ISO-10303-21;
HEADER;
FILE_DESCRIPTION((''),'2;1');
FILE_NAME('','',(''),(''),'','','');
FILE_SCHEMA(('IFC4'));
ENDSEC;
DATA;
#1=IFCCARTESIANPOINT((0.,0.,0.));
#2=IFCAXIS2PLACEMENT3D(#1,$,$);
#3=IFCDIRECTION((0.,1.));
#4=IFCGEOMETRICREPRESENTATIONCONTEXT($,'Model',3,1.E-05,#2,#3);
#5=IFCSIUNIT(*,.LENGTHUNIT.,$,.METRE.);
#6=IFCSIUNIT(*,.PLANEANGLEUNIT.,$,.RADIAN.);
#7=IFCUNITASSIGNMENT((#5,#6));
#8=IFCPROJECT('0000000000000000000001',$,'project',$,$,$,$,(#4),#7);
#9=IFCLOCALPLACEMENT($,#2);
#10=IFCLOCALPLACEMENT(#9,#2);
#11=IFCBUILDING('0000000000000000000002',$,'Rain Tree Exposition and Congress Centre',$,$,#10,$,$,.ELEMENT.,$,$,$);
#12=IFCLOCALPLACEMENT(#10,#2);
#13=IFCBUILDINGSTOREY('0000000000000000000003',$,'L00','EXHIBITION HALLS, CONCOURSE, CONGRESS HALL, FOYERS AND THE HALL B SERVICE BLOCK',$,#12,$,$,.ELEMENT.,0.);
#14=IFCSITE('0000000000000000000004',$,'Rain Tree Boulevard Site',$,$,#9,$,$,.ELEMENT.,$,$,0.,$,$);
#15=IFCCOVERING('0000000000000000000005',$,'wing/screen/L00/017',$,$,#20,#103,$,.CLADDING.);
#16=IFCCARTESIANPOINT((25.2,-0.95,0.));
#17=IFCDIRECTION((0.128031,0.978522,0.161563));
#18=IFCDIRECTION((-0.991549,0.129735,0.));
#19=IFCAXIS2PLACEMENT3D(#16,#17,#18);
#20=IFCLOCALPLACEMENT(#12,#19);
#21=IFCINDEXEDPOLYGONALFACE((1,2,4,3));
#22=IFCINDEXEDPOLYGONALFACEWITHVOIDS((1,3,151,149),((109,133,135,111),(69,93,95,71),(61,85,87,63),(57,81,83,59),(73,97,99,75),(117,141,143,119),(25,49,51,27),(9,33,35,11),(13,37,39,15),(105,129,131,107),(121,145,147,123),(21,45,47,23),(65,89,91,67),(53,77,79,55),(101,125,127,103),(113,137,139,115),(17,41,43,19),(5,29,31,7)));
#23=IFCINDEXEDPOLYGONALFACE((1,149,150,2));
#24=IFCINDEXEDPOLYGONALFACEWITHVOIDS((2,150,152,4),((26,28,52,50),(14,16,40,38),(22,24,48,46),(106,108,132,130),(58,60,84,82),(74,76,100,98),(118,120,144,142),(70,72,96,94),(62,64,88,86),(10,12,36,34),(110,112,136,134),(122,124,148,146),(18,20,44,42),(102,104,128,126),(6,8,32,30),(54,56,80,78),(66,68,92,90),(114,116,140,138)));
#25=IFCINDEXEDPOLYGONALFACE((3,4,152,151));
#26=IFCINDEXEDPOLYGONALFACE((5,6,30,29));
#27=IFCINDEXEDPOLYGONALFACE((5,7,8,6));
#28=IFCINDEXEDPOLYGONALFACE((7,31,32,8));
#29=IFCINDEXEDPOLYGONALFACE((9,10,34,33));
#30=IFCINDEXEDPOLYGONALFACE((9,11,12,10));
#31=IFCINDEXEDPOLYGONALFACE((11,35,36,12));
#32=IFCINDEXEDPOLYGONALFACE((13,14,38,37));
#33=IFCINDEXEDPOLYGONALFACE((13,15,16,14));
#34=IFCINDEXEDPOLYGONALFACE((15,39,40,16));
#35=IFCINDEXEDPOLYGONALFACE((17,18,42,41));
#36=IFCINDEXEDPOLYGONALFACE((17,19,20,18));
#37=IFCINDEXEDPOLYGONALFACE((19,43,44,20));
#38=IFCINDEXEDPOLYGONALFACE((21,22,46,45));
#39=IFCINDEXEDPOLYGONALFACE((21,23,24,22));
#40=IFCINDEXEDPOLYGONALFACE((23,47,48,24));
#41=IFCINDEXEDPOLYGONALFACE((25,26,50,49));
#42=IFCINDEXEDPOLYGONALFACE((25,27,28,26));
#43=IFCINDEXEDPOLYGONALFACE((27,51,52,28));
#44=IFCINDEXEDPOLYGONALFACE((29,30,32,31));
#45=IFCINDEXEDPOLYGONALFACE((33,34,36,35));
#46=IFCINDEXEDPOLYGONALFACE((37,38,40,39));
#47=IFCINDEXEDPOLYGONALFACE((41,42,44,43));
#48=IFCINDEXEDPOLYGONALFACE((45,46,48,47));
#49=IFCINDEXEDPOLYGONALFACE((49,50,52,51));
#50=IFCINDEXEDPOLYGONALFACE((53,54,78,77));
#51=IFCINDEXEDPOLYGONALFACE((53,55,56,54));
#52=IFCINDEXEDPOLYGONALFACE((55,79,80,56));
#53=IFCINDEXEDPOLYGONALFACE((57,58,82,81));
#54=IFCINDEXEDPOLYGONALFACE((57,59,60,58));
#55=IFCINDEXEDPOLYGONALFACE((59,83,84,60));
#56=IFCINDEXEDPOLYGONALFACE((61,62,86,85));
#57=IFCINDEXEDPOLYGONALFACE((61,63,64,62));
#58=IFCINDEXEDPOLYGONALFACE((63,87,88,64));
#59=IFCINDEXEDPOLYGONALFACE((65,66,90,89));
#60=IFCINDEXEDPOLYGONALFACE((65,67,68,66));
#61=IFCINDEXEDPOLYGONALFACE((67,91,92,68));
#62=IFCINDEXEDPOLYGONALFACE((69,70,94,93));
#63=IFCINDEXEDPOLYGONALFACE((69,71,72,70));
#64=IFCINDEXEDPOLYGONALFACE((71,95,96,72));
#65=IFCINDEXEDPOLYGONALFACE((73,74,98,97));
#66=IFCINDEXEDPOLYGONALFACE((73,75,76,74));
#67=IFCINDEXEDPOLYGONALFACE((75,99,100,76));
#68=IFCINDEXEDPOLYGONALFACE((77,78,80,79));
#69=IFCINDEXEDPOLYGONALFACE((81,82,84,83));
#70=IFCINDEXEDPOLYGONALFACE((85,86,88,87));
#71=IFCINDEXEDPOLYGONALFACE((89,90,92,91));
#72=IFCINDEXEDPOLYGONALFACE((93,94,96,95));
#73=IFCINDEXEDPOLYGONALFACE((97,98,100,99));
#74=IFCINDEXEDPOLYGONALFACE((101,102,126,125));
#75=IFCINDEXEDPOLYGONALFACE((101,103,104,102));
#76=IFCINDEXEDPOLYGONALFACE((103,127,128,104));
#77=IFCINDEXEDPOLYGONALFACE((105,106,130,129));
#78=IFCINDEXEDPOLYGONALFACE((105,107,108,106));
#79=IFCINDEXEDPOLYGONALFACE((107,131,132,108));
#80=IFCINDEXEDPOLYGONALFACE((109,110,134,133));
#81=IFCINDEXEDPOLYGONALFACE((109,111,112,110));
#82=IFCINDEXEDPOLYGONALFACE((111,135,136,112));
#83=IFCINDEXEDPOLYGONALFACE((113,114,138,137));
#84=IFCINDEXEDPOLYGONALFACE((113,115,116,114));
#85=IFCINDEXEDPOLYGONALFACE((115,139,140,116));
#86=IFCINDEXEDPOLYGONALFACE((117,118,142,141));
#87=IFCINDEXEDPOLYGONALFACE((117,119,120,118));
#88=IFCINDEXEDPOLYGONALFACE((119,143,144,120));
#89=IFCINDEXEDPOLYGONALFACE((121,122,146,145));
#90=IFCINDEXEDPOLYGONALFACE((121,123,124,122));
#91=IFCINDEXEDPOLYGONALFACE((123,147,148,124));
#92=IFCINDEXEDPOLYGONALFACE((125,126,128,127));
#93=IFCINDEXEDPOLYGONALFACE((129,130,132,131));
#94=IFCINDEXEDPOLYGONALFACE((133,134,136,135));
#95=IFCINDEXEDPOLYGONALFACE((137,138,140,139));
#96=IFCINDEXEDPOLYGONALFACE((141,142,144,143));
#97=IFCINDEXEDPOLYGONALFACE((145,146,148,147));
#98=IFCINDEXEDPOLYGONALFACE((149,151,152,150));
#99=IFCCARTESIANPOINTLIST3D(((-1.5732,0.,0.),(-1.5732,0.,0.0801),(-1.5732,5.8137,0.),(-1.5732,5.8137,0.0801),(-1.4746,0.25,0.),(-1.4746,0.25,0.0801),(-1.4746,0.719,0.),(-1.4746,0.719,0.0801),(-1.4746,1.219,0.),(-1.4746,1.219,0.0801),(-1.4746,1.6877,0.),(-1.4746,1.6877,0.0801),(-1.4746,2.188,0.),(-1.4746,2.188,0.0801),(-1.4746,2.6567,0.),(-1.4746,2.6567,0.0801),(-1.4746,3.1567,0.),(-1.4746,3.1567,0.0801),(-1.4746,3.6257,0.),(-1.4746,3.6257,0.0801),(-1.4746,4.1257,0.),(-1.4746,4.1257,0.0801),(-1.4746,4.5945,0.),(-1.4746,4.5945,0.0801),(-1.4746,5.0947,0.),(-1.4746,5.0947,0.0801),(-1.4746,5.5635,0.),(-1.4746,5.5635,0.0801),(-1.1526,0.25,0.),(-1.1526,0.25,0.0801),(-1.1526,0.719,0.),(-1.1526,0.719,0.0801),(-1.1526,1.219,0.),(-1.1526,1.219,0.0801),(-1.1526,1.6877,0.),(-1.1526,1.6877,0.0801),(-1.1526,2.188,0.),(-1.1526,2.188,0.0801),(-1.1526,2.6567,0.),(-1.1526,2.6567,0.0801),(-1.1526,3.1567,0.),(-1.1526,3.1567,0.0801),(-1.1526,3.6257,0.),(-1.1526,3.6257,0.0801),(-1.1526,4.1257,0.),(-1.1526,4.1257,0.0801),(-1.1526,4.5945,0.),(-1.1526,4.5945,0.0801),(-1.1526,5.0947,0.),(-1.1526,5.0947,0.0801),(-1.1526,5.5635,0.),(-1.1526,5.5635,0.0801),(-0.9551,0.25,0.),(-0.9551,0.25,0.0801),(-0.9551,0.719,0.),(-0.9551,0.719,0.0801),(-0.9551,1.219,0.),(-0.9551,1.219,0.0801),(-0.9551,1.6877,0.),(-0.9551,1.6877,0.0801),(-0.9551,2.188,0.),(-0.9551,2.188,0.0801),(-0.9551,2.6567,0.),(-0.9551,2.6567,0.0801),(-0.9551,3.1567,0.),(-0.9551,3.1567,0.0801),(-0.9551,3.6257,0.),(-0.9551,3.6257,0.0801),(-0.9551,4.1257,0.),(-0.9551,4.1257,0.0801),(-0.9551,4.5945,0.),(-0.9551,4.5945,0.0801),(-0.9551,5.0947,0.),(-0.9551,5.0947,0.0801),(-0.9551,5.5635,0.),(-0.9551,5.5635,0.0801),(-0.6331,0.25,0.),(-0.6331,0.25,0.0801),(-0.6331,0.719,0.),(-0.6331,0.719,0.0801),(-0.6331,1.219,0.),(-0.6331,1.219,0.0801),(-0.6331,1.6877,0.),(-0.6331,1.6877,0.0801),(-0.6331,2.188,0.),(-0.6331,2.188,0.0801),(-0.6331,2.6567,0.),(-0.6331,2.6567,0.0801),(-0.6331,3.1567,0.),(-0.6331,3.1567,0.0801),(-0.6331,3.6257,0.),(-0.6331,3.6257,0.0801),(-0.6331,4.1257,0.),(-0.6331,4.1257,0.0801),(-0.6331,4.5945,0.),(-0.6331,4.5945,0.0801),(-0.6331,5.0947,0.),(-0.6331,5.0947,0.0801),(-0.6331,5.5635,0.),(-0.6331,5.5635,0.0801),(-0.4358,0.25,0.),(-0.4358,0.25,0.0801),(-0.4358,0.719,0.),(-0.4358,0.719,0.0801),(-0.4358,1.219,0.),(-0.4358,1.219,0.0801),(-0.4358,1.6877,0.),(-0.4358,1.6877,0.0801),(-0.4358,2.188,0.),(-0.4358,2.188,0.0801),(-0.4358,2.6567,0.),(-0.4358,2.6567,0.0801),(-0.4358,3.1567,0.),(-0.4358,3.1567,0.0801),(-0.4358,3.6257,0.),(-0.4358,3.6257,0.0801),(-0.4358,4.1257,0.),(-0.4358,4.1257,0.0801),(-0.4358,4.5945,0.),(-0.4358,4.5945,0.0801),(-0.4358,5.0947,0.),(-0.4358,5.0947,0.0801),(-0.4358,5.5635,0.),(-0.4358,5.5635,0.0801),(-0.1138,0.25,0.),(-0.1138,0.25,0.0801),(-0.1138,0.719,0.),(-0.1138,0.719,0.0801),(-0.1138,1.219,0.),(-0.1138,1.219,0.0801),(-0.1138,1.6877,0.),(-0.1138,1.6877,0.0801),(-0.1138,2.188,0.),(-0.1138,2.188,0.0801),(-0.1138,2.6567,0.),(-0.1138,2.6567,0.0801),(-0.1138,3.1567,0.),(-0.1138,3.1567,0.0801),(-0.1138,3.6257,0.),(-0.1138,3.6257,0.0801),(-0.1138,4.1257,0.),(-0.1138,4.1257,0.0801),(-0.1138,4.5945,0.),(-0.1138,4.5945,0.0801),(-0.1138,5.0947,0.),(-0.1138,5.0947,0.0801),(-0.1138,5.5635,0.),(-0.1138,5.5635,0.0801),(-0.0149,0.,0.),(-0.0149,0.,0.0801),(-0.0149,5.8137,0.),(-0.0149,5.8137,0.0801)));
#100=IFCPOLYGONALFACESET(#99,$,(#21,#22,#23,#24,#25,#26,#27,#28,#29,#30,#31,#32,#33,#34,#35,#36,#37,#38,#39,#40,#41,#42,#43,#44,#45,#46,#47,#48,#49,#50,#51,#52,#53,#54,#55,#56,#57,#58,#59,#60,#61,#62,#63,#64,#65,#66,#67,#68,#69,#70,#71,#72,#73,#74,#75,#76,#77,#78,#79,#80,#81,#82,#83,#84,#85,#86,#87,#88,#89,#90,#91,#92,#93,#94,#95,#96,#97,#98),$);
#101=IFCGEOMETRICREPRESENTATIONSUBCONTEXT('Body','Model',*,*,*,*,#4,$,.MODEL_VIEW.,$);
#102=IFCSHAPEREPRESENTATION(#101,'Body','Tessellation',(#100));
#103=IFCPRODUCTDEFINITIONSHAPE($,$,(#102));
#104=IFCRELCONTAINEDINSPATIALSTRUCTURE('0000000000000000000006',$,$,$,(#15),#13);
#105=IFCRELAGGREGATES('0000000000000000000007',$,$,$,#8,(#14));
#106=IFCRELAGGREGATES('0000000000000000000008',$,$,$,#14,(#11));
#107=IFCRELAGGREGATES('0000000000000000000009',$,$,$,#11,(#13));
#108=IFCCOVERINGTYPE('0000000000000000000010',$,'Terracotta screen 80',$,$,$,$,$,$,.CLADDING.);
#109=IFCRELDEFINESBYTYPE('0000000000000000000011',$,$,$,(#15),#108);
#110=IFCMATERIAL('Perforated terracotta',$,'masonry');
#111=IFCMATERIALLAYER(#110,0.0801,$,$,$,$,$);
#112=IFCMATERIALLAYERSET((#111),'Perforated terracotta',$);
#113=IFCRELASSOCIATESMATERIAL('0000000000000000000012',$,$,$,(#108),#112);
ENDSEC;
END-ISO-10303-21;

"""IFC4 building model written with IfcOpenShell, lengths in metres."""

from ifc_helpers import new_model, si_unit, direction, frame, origin, place, context, subcontext, project, spatial, polyline, outline, extrude, material, layer, layer_set, type_object, element, save


model = new_model("IFC4")

# Units and contexts
model_context = context("Model", 3, precision=1e-05, world=origin(), true_north=direction((0.0, 1.0)))
body_context = subcontext(model_context, "Body", "Model", "MODEL_VIEW")
ifc_project = project(units=[si_unit("LENGTHUNIT", "METRE"), si_unit("PLANEANGLEUNIT", "RADIAN")], contexts=[model_context])

# Site, building, storey
site_placement = place(None, origin())
site = spatial("IfcSite", under=ifc_project, at=site_placement, Name="Rain Tree Boulevard Site", CompositionType="ELEMENT", RefElevation=0.0)
building_placement = place(site_placement, origin())
building = spatial("IfcBuilding", under=site, at=building_placement, Name="Rain Tree Exposition and Congress Centre", CompositionType="ELEMENT")
storey_placement = place(building_placement, origin())
storey = spatial("IfcBuildingStorey", under=building, at=storey_placement, Name="L00", Description="EXHIBITION HALLS, CONCOURSE, CONGRESS HALL, FOYERS AND THE HALL B SERVICE BLOCK", CompositionType="ELEMENT", Elevation=0.0)

# Covering
ifc_material_1 = material(Name="Perforated terracotta", Category="masonry")
ifc_layer_1 = layer(ifc_material_1, 0.0801)
ifc_layer_set_1 = layer_set([ifc_layer_1], Name="Perforated terracotta")
covering_type = type_object("IfcCoveringType", Name="Terracotta screen 80", PredefinedType="CLADDING", material=ifc_layer_set_1)
covering_1_placement = place(storey_placement, frame((25.2, -0.95, 0.0), z_axis=(0.128031, 0.978522, 0.161563), x_axis=(-0.991549, 0.129735, 0.0)))
element("IfcCovering", 1, at=covering_1_placement, inside=storey, type_object=covering_type, Name="wing/screen/L00/017", PredefinedType="CLADDING", context=body_context, shape_type="SweptSolid", body=[
    extrude(outline(polyline([(-1.5732, 0.0), (-1.5732, 5.8137), (-0.0149, 5.8137), (-0.0149, 0.0), (-1.5732, 0.0)]), holes=[polyline([(-0.1138, 0.25), (-0.1138, 0.719), (-0.4358, 0.719), (-0.4358, 0.25), (-0.1138, 0.25)]), polyline([(-0.1138, 1.219), (-0.1138, 1.6877), (-0.4358, 1.6877), (-0.4358, 1.219), (-0.1138, 1.219)]), polyline([(-0.1138, 2.188), (-0.1138, 2.6567), (-0.4358, 2.6567), (-0.4358, 2.188), (-0.1138, 2.188)]), polyline([(-0.1138, 3.1567), (-0.1138, 3.6257), (-0.4358, 3.6257), (-0.4358, 3.1567), (-0.1138, 3.1567)]), polyline([(-0.1138, 4.1257), (-0.1138, 4.5945), (-0.4358, 4.5945), (-0.4358, 4.1257), (-0.1138, 4.1257)]), polyline([(-0.1138, 5.0947), (-0.1138, 5.5635), (-0.4358, 5.5635), (-0.4358, 5.0947), (-0.1138, 5.0947)]), polyline([(-0.6331, 0.25), (-0.6331, 0.719), (-0.9551, 0.719), (-0.9551, 0.25), (-0.6331, 0.25)]), polyline([(-0.6331, 1.219), (-0.6331, 1.6877), (-0.9551, 1.6877), (-0.9551, 1.219), (-0.6331, 1.219)]), polyline([(-0.6331, 2.188), (-0.6331, 2.6567), (-0.9551, 2.6567), (-0.9551, 2.188), (-0.6331, 2.188)]), polyline([(-0.6331, 3.1567), (-0.6331, 3.6257), (-0.9551, 3.6257), (-0.9551, 3.1567), (-0.6331, 3.1567)]), polyline([(-0.6331, 4.1257), (-0.6331, 4.5945), (-0.9551, 4.5945), (-0.9551, 4.1257), (-0.6331, 4.1257)]), polyline([(-0.6331, 5.0947), (-0.6331, 5.5635), (-0.9551, 5.5635), (-0.9551, 5.0947), (-0.6331, 5.0947)]), polyline([(-1.1526, 0.25), (-1.1526, 0.719), (-1.4746, 0.719), (-1.4746, 0.25), (-1.1526, 0.25)]), polyline([(-1.1526, 1.219), (-1.1526, 1.6877), (-1.4746, 1.6877), (-1.4746, 1.219), (-1.1526, 1.219)]), polyline([(-1.1526, 2.188), (-1.1526, 2.6567), (-1.4746, 2.6567), (-1.4746, 2.188), (-1.1526, 2.188)]), polyline([(-1.1526, 3.1567), (-1.1526, 3.6257), (-1.4746, 3.6257), (-1.4746, 3.1567), (-1.1526, 3.1567)]), polyline([(-1.1526, 4.1257), (-1.1526, 4.5945), (-1.4746, 4.5945), (-1.4746, 4.1257), (-1.1526, 4.1257)]), polyline([(-1.1526, 5.0947), (-1.1526, 5.5635), (-1.4746, 5.5635), (-1.4746, 5.0947), (-1.1526, 5.0947)])]), origin(), (0.0, 0.0, 1.0), 0.0801),
])

save(model, "model.ifc")
